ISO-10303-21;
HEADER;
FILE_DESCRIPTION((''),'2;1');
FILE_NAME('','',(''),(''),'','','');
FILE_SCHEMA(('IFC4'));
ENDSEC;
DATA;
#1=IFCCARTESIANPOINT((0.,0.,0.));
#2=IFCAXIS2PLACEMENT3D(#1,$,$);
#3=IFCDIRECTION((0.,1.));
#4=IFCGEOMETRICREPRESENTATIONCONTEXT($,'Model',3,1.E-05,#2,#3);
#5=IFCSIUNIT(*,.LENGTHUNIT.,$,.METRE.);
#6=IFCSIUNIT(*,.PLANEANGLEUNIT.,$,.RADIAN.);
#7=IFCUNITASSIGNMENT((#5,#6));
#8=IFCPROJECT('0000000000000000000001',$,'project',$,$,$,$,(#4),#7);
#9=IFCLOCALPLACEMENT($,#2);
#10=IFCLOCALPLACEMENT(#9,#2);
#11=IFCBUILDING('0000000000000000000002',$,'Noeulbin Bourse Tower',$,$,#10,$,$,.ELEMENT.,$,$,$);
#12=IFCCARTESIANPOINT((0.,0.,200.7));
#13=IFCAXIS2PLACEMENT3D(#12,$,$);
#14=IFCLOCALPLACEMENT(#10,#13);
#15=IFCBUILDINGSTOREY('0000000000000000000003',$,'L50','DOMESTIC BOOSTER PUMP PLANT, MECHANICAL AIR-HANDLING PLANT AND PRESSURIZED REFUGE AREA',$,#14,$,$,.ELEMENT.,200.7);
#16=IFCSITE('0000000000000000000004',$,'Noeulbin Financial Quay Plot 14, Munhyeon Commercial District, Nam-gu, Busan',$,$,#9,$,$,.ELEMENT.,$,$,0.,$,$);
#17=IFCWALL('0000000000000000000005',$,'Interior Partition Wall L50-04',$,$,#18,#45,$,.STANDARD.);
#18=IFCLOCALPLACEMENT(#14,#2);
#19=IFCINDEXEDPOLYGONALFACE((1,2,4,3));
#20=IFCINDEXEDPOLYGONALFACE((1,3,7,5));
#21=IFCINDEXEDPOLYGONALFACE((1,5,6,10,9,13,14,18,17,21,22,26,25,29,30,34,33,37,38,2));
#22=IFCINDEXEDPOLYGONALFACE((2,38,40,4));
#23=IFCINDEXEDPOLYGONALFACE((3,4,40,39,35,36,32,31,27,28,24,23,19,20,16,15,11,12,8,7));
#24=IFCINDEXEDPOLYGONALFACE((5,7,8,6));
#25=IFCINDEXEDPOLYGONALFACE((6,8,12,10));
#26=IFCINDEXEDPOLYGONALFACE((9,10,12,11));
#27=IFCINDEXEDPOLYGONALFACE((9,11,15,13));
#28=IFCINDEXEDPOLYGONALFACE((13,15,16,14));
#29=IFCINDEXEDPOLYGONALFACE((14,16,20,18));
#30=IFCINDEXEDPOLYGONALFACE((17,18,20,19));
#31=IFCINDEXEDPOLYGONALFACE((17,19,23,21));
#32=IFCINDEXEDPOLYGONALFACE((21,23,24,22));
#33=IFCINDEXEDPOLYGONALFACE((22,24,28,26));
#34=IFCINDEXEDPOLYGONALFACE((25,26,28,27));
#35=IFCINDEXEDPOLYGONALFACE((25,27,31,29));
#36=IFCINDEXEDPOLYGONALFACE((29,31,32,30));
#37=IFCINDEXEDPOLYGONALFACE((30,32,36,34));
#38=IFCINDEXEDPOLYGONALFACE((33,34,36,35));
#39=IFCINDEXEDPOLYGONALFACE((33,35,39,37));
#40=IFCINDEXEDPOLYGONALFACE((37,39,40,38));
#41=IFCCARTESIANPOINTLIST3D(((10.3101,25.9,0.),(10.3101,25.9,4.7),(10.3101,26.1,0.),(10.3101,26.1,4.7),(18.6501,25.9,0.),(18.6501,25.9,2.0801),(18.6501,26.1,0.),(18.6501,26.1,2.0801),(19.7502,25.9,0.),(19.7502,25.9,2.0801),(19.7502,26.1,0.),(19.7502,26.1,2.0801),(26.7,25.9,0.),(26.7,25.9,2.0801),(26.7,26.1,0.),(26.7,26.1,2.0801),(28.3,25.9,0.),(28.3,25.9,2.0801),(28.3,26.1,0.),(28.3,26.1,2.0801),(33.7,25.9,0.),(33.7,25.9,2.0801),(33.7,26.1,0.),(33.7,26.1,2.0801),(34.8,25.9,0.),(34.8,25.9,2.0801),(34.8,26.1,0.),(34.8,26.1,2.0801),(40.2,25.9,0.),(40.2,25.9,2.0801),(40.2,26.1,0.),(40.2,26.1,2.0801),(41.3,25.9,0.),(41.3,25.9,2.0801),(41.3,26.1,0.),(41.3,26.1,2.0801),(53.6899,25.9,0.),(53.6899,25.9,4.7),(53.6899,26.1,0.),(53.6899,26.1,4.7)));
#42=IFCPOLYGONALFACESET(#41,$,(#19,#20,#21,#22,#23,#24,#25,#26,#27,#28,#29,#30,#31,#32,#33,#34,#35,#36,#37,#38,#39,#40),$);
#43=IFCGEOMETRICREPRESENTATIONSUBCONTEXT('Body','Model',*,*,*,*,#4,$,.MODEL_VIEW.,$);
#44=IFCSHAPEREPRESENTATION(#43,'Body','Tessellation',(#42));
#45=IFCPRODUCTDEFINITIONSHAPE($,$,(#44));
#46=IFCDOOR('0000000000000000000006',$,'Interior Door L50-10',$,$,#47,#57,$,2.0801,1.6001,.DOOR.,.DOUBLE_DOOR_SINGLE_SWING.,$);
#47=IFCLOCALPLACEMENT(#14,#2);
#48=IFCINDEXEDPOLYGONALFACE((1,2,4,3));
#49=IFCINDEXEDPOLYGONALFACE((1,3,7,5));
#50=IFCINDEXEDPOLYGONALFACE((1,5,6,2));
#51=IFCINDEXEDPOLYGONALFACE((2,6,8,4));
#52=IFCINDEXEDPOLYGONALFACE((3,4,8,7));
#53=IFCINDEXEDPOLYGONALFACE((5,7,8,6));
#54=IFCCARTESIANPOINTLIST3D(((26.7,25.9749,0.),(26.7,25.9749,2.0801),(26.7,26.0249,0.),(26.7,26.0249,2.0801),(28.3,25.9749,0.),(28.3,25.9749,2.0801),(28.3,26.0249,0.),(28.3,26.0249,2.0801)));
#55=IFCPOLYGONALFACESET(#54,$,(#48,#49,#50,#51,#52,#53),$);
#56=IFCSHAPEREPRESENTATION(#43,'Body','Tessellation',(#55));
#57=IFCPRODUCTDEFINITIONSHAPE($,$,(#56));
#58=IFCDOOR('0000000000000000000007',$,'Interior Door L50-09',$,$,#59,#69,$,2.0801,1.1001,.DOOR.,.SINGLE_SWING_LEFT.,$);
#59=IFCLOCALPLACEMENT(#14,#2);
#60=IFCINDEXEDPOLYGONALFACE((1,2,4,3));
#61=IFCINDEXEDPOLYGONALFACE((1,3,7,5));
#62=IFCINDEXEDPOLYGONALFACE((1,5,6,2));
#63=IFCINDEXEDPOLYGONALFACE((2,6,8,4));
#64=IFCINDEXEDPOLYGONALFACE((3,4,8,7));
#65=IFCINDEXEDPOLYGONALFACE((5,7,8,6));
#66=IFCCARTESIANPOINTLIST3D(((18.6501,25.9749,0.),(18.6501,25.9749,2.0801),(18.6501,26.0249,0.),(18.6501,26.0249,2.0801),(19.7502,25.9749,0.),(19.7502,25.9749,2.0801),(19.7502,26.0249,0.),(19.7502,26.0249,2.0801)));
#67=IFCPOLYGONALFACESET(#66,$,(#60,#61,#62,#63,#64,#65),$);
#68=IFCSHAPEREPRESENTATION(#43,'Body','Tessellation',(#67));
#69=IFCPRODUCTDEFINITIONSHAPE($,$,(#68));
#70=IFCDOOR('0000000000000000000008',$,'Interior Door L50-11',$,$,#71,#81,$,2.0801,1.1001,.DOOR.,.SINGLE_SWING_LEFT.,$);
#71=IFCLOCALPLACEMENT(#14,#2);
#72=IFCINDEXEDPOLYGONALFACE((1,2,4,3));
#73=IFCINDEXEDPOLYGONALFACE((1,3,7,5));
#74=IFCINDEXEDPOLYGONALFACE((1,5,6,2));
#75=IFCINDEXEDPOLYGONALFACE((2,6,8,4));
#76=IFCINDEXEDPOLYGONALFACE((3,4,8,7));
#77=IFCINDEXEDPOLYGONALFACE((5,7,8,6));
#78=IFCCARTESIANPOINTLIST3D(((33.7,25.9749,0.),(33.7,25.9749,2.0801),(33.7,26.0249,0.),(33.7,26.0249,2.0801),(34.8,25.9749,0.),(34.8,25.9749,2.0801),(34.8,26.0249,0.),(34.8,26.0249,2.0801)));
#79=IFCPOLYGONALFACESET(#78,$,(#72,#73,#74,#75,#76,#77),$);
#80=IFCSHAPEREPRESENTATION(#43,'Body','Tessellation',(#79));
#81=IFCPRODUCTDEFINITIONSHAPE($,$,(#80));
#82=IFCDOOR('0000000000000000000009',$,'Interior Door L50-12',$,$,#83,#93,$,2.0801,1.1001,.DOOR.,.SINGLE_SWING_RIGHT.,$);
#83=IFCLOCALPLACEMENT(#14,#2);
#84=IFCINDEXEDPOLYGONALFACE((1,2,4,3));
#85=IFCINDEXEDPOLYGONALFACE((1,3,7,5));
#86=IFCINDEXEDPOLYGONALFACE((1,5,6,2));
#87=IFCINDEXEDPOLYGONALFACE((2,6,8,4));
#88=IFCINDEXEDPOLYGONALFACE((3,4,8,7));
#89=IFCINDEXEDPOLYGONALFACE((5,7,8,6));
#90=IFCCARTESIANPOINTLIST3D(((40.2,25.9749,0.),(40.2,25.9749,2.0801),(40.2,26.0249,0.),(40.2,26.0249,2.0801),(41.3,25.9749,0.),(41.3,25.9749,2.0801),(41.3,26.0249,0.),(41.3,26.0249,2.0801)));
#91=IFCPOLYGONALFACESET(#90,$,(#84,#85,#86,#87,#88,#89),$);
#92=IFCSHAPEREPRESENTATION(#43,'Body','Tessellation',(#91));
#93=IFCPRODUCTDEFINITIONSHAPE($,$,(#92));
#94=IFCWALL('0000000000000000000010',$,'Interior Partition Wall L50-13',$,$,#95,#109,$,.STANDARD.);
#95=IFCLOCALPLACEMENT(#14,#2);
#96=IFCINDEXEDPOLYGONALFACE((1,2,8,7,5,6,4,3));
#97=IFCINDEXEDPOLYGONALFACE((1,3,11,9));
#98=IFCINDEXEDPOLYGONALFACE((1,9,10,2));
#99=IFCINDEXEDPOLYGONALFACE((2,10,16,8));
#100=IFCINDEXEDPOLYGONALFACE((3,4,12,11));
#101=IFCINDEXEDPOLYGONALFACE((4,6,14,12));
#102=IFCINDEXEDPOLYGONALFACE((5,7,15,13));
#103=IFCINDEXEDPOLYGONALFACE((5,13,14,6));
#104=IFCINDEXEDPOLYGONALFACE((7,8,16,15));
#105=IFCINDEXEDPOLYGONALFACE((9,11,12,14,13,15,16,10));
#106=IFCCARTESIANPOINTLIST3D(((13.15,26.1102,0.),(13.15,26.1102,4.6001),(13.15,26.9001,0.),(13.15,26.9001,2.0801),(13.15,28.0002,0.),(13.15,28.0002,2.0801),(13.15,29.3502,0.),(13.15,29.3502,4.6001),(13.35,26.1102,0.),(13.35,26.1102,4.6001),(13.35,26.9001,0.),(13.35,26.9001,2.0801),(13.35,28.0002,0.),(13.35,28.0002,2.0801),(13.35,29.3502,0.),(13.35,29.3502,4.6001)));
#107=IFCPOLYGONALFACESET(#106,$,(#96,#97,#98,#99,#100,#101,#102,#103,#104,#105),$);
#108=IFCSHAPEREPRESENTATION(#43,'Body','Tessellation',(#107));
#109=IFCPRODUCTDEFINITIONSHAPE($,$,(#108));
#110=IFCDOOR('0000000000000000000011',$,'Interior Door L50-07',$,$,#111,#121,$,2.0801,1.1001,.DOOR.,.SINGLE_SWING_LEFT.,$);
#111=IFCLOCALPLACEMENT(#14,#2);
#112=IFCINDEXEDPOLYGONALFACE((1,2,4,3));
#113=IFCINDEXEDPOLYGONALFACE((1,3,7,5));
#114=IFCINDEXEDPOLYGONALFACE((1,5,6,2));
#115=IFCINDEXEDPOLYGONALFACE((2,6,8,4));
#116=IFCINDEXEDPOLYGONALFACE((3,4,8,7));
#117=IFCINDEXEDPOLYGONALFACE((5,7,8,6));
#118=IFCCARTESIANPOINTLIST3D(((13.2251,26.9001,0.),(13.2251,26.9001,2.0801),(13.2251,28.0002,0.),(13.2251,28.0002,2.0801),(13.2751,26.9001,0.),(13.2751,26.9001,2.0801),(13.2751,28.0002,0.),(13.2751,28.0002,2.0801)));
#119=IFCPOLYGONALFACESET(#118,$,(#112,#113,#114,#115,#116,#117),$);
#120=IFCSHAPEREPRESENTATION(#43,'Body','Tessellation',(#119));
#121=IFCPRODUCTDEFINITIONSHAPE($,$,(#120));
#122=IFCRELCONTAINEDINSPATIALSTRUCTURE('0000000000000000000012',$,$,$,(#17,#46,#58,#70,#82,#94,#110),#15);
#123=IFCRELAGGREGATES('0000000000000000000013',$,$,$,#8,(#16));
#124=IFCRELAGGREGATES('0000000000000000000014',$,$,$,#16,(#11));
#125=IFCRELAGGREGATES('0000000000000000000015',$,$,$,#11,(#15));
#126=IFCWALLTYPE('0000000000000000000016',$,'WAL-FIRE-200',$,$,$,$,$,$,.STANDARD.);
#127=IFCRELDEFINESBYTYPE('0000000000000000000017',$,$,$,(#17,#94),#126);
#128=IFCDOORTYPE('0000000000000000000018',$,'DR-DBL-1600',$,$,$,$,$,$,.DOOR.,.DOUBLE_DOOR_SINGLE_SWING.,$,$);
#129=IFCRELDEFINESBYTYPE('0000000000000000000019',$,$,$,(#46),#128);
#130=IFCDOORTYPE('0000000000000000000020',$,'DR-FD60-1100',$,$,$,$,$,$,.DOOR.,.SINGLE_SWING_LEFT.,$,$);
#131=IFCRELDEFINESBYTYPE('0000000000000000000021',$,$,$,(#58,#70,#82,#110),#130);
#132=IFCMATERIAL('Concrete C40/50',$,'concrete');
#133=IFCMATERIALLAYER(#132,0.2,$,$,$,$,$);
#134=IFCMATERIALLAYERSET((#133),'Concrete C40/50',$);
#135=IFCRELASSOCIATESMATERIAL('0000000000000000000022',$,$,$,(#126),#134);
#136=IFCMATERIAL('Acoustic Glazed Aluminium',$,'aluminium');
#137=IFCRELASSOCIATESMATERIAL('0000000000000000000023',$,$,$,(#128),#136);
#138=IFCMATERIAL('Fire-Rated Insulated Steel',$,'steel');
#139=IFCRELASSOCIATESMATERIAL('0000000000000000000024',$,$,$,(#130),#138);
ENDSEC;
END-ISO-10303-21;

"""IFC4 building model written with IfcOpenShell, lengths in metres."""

from ifc_helpers import new_model, si_unit, direction, frame, frame_2d, origin, place, context, subcontext, project, spatial, rectangle, extrude, material, layer, layer_set, type_object, element, fill, save


model = new_model("IFC4")

# Units and contexts
model_context = context("Model", 3, precision=1e-05, world=origin(), true_north=direction((0.0, 1.0)))
body_context = subcontext(model_context, "Body", "Model", "MODEL_VIEW")
ifc_project = project(units=[si_unit("LENGTHUNIT", "METRE"), si_unit("PLANEANGLEUNIT", "RADIAN")], contexts=[model_context])

# Site, building, storey
site_placement = place(None, origin())
site = spatial("IfcSite", under=ifc_project, at=site_placement, Name="Noeulbin Financial Quay Plot 14, Munhyeon Commercial District, Nam-gu, Busan", CompositionType="ELEMENT", RefElevation=0.0)
building_placement = place(site_placement, origin())
building = spatial("IfcBuilding", under=site, at=building_placement, Name="Noeulbin Bourse Tower", CompositionType="ELEMENT")
storey_placement = place(building_placement, frame((0.0, 0.0, 200.7)))
storey = spatial("IfcBuildingStorey", under=building, at=storey_placement, Name="L50", Description="DOMESTIC BOOSTER PUMP PLANT, MECHANICAL AIR-HANDLING PLANT AND PRESSURIZED REFUGE AREA", CompositionType="ELEMENT", Elevation=200.7)

# Wall, openings, doors
ifc_material_1 = material(Name="Concrete C40/50", Category="concrete")
ifc_layer_1 = layer(ifc_material_1, 0.2)
ifc_layer_set_1 = layer_set([ifc_layer_1], Name="Concrete C40/50")
wall_type = type_object("IfcWallType", Name="WAL-FIRE-200", PredefinedType="STANDARD", material=ifc_layer_set_1)
wall_1_placement = place(storey_placement, frame((10.3101, 26.0, 0.0), z_axis=(0.0, 0.0, 1.0), x_axis=(1.0, 0.0, 0.0)))
wall_1 = element("IfcWall", 1, at=wall_1_placement, inside=storey, type_object=wall_type, Name="Interior Partition Wall L50-04", PredefinedType="STANDARD", context=body_context, shape_type="SweptSolid", body=[
    extrude(rectangle(XDim=43.3799, YDim=0.2, at=frame_2d((21.6899, 0.0))), origin(), (0.0, 0.0, 1.0), 4.7),
])
opening_1_placement = place(wall_1_placement, frame((8.3401, 0.0, 0.0)))
opening_1 = element("IfcOpeningElement", 2, at=opening_1_placement, cuts=wall_1, PredefinedType="OPENING", context=body_context, shape_type="SweptSolid", body=[
    extrude(rectangle(XDim=1.1001, YDim=2.0801, at=frame_2d((0.55, 1.04))), frame((0.0, 0.1099, 0.0), z_axis=(0.0, -1.0, 0.0), x_axis=(1.0, 0.0, 0.0)), (0.0, 0.0, 1.0), 0.22),
])
opening_2_placement = place(wall_1_placement, frame((16.3899, 0.0, 0.0)))
opening_2 = element("IfcOpeningElement", 3, at=opening_2_placement, cuts=wall_1, PredefinedType="OPENING", context=body_context, shape_type="SweptSolid", body=[
    extrude(rectangle(XDim=1.6001, YDim=2.0801, at=frame_2d((0.8, 1.04))), frame((0.0, 0.1099, 0.0), z_axis=(0.0, -1.0, 0.0), x_axis=(1.0, 0.0, 0.0)), (0.0, 0.0, 1.0), 0.22),
])
opening_3_placement = place(wall_1_placement, frame((23.3899, 0.0, 0.0)))
opening_3 = element("IfcOpeningElement", 4, at=opening_3_placement, cuts=wall_1, PredefinedType="OPENING", context=body_context, shape_type="SweptSolid", body=[
    extrude(rectangle(XDim=1.1001, YDim=2.0801, at=frame_2d((0.55, 1.04))), frame((0.0, 0.1099, 0.0), z_axis=(0.0, -1.0, 0.0), x_axis=(1.0, 0.0, 0.0)), (0.0, 0.0, 1.0), 0.22),
])
opening_4_placement = place(wall_1_placement, frame((29.8899, 0.0, 0.0)))
opening_4 = element("IfcOpeningElement", 5, at=opening_4_placement, cuts=wall_1, PredefinedType="OPENING", context=body_context, shape_type="SweptSolid", body=[
    extrude(rectangle(XDim=1.1001, YDim=2.0801, at=frame_2d((0.55, 1.04))), frame((0.0, 0.1099, 0.0), z_axis=(0.0, -1.0, 0.0), x_axis=(1.0, 0.0, 0.0)), (0.0, 0.0, 1.0), 0.22),
])
ifc_material_2 = material(Name="Acoustic Glazed Aluminium", Category="aluminium")
door_type_1 = type_object("IfcDoorType", Name="DR-DBL-1600", OperationType="DOUBLE_DOOR_SINGLE_SWING", PredefinedType="DOOR", material=ifc_material_2)
door_1_placement = place(opening_2_placement, origin())
door_1 = element("IfcDoor", 6, at=door_1_placement, inside=storey, type_object=door_type_1, Name="Interior Door L50-10", OperationType="DOUBLE_DOOR_SINGLE_SWING", OverallHeight=2.0801, OverallWidth=1.6001, PredefinedType="DOOR", context=body_context, shape_type="SweptSolid", body=[
    extrude(rectangle(XDim=1.6001, YDim=2.0801, at=frame_2d((0.8, 1.04))), frame((0.0, 0.0249, 0.0), z_axis=(0.0, -1.0, 0.0), x_axis=(1.0, 0.0, 0.0)), (0.0, 0.0, 1.0), 0.05),
])
fill(opening_2, door_1)
ifc_material_3 = material(Name="Fire-Rated Insulated Steel", Category="steel")
door_type_2 = type_object("IfcDoorType", Name="DR-FD60-1100", OperationType="SINGLE_SWING_LEFT", PredefinedType="DOOR", material=ifc_material_3)
door_2_placement = place(opening_1_placement, origin())
door_2 = element("IfcDoor", 7, at=door_2_placement, inside=storey, type_object=door_type_2, Name="Interior Door L50-09", OperationType="SINGLE_SWING_LEFT", OverallHeight=2.0801, OverallWidth=1.1001, PredefinedType="DOOR", context=body_context, shape_type="SweptSolid", body=[
    extrude(rectangle(XDim=1.1001, YDim=2.0801, at=frame_2d((0.55, 1.04))), frame((0.0, 0.0249, 0.0), z_axis=(0.0, -1.0, 0.0), x_axis=(1.0, 0.0, 0.0)), (0.0, 0.0, 1.0), 0.05),
])
fill(opening_1, door_2)
door_3_placement = place(opening_3_placement, origin())
door_3 = element("IfcDoor", 8, at=door_3_placement, inside=storey, type_object=door_type_2, Name="Interior Door L50-11", OperationType="SINGLE_SWING_LEFT", OverallHeight=2.0801, OverallWidth=1.1001, PredefinedType="DOOR", context=body_context, shape_type="SweptSolid", body=[
    extrude(rectangle(XDim=1.1001, YDim=2.0801, at=frame_2d((0.55, 1.04))), frame((0.0, 0.0249, 0.0), z_axis=(0.0, -1.0, 0.0), x_axis=(1.0, 0.0, 0.0)), (0.0, 0.0, 1.0), 0.05),
])
fill(opening_3, door_3)
door_4_placement = place(opening_4_placement, origin())
door_4 = element("IfcDoor", 9, at=door_4_placement, inside=storey, type_object=door_type_2, Name="Interior Door L50-12", OperationType="SINGLE_SWING_RIGHT", OverallHeight=2.0801, OverallWidth=1.1001, PredefinedType="DOOR", context=body_context, shape_type="SweptSolid", body=[
    extrude(rectangle(XDim=1.1001, YDim=2.0801, at=frame_2d((0.55, 1.04))), frame((0.0, 0.0249, 0.0), z_axis=(0.0, -1.0, 0.0), x_axis=(1.0, 0.0, 0.0)), (0.0, 0.0, 1.0), 0.05),
])
fill(opening_4, door_4)

# Wall, opening, door
wall_2_placement = place(storey_placement, frame((13.25, 26.1101, 0.0), z_axis=(0.0, 0.0, 1.0), x_axis=(0.0, 1.0, 0.0)))
wall_2 = element("IfcWall", 10, at=wall_2_placement, inside=storey, type_object=wall_type, Name="Interior Partition Wall L50-13", PredefinedType="STANDARD", context=body_context, shape_type="SweptSolid", body=[
    extrude(rectangle(XDim=3.24, YDim=0.2, at=frame_2d((1.6201, 0.0))), origin(), (0.0, 0.0, 1.0), 4.6001),
])
opening_5_placement = place(wall_2_placement, frame((0.79, 0.0, 0.0)))
opening_5 = element("IfcOpeningElement", 11, at=opening_5_placement, cuts=wall_2, PredefinedType="OPENING", context=body_context, shape_type="SweptSolid", body=[
    extrude(rectangle(XDim=1.1001, YDim=2.0801, at=frame_2d((0.55, 1.04))), frame((0.0, 0.1099, 0.0), z_axis=(0.0, -1.0, 0.0), x_axis=(1.0, 0.0, 0.0)), (0.0, 0.0, 1.0), 0.22),
])
door_5_placement = place(opening_5_placement, origin())
door_5 = element("IfcDoor", 12, at=door_5_placement, inside=storey, type_object=door_type_2, Name="Interior Door L50-07", OperationType="SINGLE_SWING_LEFT", OverallHeight=2.0801, OverallWidth=1.1001, PredefinedType="DOOR", context=body_context, shape_type="SweptSolid", body=[
    extrude(rectangle(XDim=1.1001, YDim=2.0801, at=frame_2d((0.55, 1.04))), frame((0.0, 0.0249, 0.0), z_axis=(0.0, -1.0, 0.0), x_axis=(1.0, 0.0, 0.0)), (0.0, 0.0, 1.0), 0.05),
])
fill(opening_5, door_5)

save(model, "model.ifc")
